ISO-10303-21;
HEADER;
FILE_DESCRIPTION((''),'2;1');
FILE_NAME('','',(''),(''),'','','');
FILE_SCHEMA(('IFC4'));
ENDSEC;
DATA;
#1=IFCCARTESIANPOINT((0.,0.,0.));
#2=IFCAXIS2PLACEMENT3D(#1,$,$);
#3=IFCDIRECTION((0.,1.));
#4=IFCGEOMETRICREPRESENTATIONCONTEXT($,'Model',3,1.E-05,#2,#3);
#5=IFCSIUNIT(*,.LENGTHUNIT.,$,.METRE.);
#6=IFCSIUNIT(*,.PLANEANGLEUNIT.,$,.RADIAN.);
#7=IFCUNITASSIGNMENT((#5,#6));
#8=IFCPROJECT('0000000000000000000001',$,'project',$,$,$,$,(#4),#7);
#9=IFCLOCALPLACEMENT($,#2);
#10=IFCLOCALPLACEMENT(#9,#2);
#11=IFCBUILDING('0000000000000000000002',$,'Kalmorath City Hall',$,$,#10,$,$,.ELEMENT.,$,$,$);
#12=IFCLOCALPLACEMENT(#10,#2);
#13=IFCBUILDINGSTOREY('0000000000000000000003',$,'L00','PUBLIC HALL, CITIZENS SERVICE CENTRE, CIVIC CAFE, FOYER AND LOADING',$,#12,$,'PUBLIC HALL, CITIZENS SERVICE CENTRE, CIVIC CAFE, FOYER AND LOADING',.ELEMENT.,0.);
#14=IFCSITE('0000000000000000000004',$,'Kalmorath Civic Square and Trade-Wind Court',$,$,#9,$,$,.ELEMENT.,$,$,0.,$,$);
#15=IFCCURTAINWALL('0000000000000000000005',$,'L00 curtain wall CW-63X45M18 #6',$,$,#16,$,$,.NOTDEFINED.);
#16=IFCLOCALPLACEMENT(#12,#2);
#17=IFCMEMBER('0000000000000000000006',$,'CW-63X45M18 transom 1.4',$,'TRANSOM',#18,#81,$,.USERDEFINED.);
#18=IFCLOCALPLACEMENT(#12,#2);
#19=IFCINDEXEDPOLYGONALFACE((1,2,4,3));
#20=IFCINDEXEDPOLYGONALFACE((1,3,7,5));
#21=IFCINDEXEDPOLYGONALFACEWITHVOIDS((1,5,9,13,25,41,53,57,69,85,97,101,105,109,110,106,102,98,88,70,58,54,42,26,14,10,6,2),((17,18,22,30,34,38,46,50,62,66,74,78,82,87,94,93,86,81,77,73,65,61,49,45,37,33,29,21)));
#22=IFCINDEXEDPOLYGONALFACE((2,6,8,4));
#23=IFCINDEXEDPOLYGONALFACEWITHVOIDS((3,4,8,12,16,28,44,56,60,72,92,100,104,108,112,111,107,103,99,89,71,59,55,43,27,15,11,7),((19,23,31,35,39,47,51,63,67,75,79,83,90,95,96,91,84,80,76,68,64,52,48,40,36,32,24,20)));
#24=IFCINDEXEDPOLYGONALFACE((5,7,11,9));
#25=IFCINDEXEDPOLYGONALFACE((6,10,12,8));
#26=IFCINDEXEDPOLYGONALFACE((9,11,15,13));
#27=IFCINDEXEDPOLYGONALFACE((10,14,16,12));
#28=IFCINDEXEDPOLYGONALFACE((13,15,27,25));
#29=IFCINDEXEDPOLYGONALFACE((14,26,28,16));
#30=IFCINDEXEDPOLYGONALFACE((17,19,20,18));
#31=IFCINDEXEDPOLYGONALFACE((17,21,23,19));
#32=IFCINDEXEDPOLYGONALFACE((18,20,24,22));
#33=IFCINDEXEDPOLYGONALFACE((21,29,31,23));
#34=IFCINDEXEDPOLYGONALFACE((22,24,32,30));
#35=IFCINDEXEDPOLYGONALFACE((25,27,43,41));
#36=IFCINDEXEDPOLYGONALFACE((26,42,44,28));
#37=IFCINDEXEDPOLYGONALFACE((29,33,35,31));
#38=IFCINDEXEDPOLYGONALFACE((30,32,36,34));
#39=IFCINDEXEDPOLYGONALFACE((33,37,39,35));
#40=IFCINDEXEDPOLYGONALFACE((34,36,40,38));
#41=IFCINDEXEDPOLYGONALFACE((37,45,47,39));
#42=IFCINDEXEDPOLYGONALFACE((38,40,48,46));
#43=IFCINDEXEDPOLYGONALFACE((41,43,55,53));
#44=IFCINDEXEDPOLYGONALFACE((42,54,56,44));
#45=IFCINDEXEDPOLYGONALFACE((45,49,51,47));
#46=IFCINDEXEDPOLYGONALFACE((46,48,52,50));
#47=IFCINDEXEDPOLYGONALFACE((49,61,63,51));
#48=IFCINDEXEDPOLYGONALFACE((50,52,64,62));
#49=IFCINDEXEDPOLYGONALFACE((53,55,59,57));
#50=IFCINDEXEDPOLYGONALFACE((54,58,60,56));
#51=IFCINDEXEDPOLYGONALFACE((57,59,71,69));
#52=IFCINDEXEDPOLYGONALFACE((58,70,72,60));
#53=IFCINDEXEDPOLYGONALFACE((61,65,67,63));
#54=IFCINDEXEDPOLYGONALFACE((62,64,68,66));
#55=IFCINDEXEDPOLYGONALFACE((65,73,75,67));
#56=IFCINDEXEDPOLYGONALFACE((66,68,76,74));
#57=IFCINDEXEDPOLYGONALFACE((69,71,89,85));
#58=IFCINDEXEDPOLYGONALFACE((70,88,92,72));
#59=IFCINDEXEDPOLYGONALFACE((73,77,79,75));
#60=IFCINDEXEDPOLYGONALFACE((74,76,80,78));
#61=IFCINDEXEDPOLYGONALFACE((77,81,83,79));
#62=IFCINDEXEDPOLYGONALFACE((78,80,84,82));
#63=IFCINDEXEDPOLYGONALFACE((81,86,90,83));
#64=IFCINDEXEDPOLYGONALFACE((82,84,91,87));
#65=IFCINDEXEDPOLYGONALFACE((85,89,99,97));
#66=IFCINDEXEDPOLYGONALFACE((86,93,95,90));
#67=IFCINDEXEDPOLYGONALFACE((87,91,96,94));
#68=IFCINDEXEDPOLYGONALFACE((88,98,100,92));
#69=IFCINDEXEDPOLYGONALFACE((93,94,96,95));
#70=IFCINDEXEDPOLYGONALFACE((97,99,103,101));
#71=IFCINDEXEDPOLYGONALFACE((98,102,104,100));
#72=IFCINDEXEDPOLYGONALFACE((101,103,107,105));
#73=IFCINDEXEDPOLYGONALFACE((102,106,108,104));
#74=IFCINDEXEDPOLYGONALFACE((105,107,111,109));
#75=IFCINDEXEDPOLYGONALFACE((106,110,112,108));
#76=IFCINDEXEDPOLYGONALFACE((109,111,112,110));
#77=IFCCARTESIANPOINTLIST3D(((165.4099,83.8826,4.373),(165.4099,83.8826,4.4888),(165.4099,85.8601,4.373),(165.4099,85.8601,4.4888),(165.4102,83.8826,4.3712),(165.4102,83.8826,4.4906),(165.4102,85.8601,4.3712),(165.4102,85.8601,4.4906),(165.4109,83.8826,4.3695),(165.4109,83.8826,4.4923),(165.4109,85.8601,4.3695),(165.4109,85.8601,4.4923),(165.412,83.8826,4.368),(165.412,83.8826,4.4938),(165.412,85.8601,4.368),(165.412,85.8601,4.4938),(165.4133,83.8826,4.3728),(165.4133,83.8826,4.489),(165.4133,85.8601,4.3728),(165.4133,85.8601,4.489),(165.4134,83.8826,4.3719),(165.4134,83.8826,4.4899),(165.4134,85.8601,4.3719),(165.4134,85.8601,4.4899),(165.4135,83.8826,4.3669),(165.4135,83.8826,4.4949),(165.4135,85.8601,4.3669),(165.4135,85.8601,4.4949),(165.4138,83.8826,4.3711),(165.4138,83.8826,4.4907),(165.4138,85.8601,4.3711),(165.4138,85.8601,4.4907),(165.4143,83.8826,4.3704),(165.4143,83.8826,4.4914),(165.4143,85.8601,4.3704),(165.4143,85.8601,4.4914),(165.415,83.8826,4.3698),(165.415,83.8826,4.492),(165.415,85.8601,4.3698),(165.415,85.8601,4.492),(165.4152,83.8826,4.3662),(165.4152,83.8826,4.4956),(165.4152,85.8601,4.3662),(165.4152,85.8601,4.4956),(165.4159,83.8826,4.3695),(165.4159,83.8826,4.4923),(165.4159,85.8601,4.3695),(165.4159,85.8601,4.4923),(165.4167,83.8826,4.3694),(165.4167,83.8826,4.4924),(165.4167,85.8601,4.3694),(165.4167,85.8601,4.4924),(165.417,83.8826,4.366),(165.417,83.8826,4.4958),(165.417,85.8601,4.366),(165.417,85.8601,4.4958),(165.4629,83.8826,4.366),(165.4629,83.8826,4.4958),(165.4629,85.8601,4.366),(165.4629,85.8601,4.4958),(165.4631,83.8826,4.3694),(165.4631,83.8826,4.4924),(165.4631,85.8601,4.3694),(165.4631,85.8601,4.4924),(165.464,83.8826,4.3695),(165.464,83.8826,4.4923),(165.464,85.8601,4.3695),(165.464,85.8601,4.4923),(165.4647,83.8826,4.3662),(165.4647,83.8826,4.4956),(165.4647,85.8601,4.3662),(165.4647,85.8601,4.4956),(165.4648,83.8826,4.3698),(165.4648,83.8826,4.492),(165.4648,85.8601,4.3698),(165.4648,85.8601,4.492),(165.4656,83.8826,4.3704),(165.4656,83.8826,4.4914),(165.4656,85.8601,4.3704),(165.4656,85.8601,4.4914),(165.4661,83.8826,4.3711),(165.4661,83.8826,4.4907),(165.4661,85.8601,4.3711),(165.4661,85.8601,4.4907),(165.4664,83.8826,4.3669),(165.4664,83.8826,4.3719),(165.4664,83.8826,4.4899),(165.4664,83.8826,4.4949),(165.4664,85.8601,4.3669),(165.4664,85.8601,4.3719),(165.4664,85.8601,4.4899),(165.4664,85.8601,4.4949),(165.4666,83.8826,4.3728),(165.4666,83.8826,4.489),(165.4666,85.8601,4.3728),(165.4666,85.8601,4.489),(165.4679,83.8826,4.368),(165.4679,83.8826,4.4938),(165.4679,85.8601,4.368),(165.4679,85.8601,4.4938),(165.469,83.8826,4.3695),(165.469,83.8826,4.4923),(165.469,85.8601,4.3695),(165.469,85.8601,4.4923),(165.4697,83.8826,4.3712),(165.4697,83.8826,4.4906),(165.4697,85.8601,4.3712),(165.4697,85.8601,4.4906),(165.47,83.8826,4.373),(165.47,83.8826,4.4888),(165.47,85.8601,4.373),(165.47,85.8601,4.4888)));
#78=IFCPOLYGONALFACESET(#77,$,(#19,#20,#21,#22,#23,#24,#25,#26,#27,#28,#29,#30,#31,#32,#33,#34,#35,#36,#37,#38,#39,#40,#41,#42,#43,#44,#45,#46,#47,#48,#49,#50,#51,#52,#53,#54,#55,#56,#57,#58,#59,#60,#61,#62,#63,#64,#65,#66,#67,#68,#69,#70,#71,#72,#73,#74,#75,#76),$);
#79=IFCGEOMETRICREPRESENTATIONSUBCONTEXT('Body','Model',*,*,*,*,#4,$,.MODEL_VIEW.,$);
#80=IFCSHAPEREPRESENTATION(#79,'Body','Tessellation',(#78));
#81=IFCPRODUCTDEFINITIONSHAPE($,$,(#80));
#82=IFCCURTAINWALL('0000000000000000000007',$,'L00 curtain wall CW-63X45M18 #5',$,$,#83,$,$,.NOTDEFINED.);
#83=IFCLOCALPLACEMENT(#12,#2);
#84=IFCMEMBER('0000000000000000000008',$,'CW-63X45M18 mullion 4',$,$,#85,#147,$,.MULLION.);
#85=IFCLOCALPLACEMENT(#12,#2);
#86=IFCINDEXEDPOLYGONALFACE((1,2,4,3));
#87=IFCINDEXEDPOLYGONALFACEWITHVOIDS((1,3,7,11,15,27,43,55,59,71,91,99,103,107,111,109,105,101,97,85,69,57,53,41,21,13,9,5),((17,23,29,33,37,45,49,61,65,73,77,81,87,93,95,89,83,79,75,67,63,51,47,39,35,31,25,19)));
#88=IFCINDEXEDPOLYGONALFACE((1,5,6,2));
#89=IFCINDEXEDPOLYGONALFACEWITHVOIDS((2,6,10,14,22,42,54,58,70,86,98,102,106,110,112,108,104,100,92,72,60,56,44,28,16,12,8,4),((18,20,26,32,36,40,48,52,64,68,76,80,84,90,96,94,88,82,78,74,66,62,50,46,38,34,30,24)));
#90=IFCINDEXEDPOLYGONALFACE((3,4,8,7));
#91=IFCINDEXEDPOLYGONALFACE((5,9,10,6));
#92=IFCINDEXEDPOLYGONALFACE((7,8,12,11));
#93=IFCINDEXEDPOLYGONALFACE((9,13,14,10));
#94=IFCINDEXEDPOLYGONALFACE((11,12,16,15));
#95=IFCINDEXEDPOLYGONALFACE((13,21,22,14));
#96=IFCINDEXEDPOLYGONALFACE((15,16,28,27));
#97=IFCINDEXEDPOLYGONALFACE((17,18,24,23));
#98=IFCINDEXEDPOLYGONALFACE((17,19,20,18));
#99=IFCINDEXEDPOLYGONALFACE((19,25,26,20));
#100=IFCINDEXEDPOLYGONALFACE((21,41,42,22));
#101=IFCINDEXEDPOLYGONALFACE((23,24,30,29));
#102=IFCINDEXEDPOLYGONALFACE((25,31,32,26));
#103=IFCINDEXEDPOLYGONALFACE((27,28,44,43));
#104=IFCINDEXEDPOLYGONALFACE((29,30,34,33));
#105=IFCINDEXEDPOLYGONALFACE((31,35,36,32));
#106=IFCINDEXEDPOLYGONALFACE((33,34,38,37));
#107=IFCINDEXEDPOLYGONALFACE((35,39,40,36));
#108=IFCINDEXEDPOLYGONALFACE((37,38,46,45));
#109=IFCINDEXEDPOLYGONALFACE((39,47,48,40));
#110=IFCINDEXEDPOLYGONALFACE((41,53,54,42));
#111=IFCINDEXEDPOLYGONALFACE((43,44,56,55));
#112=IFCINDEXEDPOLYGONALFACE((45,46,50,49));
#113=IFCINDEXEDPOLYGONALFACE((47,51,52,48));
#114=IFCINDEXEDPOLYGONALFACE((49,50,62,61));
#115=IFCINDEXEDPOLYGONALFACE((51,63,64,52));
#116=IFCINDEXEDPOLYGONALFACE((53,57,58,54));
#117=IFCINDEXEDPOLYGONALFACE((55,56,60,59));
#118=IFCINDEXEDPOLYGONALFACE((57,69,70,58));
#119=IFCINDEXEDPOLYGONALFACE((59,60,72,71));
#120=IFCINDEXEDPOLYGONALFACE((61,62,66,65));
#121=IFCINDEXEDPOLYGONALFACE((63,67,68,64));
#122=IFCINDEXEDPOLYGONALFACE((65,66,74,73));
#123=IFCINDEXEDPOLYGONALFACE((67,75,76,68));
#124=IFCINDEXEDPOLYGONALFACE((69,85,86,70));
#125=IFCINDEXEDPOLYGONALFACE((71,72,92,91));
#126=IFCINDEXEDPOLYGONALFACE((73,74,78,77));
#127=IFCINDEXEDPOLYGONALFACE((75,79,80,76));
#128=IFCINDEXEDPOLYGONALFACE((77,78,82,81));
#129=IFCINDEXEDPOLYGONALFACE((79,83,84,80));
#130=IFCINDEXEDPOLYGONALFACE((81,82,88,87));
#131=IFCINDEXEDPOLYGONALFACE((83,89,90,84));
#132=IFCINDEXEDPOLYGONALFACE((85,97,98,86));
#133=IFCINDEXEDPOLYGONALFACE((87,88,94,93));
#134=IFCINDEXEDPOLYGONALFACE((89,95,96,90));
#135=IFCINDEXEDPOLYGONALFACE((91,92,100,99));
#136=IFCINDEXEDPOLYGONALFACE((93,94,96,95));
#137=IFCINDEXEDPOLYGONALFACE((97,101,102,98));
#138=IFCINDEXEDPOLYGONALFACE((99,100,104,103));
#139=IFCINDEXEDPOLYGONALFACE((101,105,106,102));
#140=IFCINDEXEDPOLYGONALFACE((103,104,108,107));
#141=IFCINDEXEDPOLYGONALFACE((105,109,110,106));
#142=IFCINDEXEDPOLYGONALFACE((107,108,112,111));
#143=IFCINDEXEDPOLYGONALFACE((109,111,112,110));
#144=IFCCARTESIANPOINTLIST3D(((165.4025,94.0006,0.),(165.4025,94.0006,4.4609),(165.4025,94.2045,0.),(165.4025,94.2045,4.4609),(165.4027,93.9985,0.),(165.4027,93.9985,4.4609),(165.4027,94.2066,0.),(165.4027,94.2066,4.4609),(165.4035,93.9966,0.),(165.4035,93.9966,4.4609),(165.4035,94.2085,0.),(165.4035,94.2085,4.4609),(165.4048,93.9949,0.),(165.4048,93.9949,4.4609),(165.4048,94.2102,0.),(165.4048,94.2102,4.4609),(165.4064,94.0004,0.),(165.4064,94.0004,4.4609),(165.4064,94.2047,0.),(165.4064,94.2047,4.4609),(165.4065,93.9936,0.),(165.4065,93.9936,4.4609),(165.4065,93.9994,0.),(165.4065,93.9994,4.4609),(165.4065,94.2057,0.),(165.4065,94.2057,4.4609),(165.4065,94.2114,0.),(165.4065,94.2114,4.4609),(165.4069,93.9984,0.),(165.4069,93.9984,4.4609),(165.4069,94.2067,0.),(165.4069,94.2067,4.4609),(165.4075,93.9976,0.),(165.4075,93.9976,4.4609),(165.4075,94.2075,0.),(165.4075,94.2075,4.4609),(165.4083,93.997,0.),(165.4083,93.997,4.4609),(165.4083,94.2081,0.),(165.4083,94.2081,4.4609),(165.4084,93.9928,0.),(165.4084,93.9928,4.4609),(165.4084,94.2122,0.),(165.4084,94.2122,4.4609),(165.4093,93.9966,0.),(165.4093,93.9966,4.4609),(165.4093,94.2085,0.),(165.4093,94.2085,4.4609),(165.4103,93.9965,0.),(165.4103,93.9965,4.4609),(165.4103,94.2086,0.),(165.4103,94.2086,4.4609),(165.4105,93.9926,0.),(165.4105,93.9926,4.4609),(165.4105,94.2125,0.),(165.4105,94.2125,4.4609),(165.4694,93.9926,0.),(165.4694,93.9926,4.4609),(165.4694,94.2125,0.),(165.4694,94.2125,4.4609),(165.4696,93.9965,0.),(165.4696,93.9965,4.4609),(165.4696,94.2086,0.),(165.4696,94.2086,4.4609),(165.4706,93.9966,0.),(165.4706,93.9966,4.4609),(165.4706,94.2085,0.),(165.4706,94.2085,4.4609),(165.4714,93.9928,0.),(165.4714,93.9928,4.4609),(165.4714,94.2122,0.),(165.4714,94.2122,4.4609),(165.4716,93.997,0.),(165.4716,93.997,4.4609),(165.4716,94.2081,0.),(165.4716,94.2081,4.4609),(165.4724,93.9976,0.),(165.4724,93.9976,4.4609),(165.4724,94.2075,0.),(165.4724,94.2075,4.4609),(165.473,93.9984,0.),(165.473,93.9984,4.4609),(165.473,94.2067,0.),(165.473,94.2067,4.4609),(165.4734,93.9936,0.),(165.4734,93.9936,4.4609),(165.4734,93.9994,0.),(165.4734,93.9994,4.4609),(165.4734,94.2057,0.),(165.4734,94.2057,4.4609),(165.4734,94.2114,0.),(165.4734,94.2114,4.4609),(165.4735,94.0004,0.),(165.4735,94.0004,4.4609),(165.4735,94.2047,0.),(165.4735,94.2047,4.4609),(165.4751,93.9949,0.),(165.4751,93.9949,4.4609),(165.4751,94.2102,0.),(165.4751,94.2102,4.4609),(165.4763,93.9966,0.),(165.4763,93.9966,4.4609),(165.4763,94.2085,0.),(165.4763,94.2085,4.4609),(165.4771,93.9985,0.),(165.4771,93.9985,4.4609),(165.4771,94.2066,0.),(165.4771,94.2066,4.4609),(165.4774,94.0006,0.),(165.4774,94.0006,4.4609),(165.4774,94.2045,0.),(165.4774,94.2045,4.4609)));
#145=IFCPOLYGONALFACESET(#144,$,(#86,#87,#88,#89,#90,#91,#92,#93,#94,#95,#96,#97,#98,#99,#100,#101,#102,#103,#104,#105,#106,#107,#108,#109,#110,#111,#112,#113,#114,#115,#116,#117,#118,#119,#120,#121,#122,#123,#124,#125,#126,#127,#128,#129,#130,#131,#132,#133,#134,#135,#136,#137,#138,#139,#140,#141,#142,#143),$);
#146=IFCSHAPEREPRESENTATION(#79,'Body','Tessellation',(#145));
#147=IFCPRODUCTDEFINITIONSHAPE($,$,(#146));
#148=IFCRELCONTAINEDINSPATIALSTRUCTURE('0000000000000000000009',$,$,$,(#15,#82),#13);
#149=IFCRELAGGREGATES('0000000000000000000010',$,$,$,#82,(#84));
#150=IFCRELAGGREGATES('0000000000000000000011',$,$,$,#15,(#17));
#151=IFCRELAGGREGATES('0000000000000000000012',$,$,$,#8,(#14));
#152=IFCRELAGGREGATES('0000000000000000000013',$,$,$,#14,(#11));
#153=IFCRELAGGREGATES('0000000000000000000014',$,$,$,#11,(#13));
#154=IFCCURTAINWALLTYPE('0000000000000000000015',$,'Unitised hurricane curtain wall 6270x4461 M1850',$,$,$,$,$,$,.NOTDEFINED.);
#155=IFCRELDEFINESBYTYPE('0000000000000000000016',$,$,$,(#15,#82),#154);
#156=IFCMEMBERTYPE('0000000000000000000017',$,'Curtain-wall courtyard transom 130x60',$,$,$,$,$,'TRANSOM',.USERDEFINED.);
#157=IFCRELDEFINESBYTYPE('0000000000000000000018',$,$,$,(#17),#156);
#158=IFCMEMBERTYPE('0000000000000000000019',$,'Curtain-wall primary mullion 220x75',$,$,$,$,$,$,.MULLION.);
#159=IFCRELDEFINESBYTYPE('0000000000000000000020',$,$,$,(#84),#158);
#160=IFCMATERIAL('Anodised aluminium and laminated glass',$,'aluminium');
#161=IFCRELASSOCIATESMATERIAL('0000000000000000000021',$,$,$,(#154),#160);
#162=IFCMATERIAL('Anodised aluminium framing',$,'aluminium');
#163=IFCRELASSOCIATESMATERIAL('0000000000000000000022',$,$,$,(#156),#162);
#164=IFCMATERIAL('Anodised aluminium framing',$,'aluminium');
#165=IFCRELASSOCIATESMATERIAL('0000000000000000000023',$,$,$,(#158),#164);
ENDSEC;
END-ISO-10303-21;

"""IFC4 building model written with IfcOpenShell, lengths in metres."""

from ifc_helpers import new_model, si_unit, direction, frame, origin, origin_2d, place, context, subcontext, project, spatial, hollow_rectangle, extrude, material, material_profile, profile_set, type_object, element, aggregate, save


model = new_model("IFC4")

# Units and contexts
model_context = context("Model", 3, precision=1e-05, world=origin(), true_north=direction((0.0, 1.0)))
body_context = subcontext(model_context, "Body", "Model", "MODEL_VIEW")
ifc_project = project(units=[si_unit("LENGTHUNIT", "METRE"), si_unit("PLANEANGLEUNIT", "RADIAN")], contexts=[model_context])

# Site, building, storey
site_placement = place(None, origin())
site = spatial("IfcSite", under=ifc_project, at=site_placement, Name="Kalmorath Civic Square and Trade-Wind Court", CompositionType="ELEMENT", RefElevation=0.0)
building_placement = place(site_placement, origin())
building = spatial("IfcBuilding", under=site, at=building_placement, Name="Kalmorath City Hall", CompositionType="ELEMENT")
storey_placement = place(building_placement, origin())
storey = spatial("IfcBuildingStorey", under=building, at=storey_placement, Name="L00", Description="PUBLIC HALL, CITIZENS SERVICE CENTRE, CIVIC CAFE, FOYER AND LOADING", LongName="PUBLIC HALL, CITIZENS SERVICE CENTRE, CIVIC CAFE, FOYER AND LOADING", CompositionType="ELEMENT", Elevation=0.0)

# Curtain wall, member
ifc_material_1 = material(Name="Anodised aluminium and laminated glass", Category="aluminium")
curtain_wall_type = type_object("IfcCurtainWallType", Name="Unitised hurricane curtain wall 6270x4461 M1850", PredefinedType="NOTDEFINED", material=ifc_material_1)
curtain_wall_1_placement = place(storey_placement, origin())
curtain_wall_1 = element("IfcCurtainWall", 1, at=curtain_wall_1_placement, inside=storey, type_object=curtain_wall_type, Name="L00 curtain wall CW-63X45M18 #6", PredefinedType="NOTDEFINED")
ifc_material_2 = material(Name="Anodised aluminium framing", Category="aluminium")
ifc_material_profile_1 = material_profile(ifc_material_2, hollow_rectangle(XDim=0.0601, YDim=0.1299, WallThickness=0.0034, InnerFilletRadius=0.0034, OuterFilletRadius=0.0071, at=origin_2d()), Name="ALU-TRN-130X60X3.5")
ifc_profile_set_1 = profile_set([ifc_material_profile_1], Name="Anodised aluminium framing")
member_type_1 = type_object("IfcMemberType", Name="Curtain-wall courtyard transom 130x60", ElementType="TRANSOM", PredefinedType="USERDEFINED", material=ifc_profile_set_1)
member_1_placement = place(storey_placement, frame((165.4399, 85.8601, 4.4309), z_axis=(0.0, -1.0, 0.0), x_axis=(1.0, 0.0, 0.0)))
member_1 = element("IfcMember", 2, at=member_1_placement, type_object=member_type_1, Name="CW-63X45M18 transom 1.4", ObjectType="TRANSOM", PredefinedType="USERDEFINED", context=body_context, shape_type="SweptSolid", body=[
    extrude(hollow_rectangle(XDim=0.0601, YDim=0.1299, WallThickness=0.0034, InnerFilletRadius=0.0034, OuterFilletRadius=0.0071, at=origin_2d()), origin(), (0.0, 0.0, 1.0), 1.9775),
])

# Curtain wall, member
curtain_wall_2_placement = place(storey_placement, origin())
curtain_wall_2 = element("IfcCurtainWall", 3, at=curtain_wall_2_placement, inside=storey, type_object=curtain_wall_type, Name="L00 curtain wall CW-63X45M18 #5", PredefinedType="NOTDEFINED")
ifc_material_3 = material(Name="Anodised aluminium framing", Category="aluminium")
ifc_material_profile_2 = material_profile(ifc_material_3, hollow_rectangle(XDim=0.075, YDim=0.22, WallThickness=0.0039, InnerFilletRadius=0.0039, OuterFilletRadius=0.0081, at=origin_2d()), Name="ALU-MUL-220X75X4")
ifc_profile_set_2 = profile_set([ifc_material_profile_2], Name="Anodised aluminium framing")
member_type_2 = type_object("IfcMemberType", Name="Curtain-wall primary mullion 220x75", PredefinedType="MULLION", material=ifc_profile_set_2)
member_2_placement = place(storey_placement, frame((165.4399, 94.1025, 0.0), z_axis=(0.0, 0.0, 1.0), x_axis=(1.0, 0.0, 0.0)))
member_2 = element("IfcMember", 4, at=member_2_placement, type_object=member_type_2, Name="CW-63X45M18 mullion 4", PredefinedType="MULLION", context=body_context, shape_type="SweptSolid", body=[
    extrude(hollow_rectangle(XDim=0.075, YDim=0.22, WallThickness=0.0039, InnerFilletRadius=0.0039, OuterFilletRadius=0.0081, at=origin_2d()), origin(), (0.0, 0.0, 1.0), 4.4609),
])

aggregate(curtain_wall_2, [member_2])
aggregate(curtain_wall_1, [member_1])

save(model, "model.ifc")
